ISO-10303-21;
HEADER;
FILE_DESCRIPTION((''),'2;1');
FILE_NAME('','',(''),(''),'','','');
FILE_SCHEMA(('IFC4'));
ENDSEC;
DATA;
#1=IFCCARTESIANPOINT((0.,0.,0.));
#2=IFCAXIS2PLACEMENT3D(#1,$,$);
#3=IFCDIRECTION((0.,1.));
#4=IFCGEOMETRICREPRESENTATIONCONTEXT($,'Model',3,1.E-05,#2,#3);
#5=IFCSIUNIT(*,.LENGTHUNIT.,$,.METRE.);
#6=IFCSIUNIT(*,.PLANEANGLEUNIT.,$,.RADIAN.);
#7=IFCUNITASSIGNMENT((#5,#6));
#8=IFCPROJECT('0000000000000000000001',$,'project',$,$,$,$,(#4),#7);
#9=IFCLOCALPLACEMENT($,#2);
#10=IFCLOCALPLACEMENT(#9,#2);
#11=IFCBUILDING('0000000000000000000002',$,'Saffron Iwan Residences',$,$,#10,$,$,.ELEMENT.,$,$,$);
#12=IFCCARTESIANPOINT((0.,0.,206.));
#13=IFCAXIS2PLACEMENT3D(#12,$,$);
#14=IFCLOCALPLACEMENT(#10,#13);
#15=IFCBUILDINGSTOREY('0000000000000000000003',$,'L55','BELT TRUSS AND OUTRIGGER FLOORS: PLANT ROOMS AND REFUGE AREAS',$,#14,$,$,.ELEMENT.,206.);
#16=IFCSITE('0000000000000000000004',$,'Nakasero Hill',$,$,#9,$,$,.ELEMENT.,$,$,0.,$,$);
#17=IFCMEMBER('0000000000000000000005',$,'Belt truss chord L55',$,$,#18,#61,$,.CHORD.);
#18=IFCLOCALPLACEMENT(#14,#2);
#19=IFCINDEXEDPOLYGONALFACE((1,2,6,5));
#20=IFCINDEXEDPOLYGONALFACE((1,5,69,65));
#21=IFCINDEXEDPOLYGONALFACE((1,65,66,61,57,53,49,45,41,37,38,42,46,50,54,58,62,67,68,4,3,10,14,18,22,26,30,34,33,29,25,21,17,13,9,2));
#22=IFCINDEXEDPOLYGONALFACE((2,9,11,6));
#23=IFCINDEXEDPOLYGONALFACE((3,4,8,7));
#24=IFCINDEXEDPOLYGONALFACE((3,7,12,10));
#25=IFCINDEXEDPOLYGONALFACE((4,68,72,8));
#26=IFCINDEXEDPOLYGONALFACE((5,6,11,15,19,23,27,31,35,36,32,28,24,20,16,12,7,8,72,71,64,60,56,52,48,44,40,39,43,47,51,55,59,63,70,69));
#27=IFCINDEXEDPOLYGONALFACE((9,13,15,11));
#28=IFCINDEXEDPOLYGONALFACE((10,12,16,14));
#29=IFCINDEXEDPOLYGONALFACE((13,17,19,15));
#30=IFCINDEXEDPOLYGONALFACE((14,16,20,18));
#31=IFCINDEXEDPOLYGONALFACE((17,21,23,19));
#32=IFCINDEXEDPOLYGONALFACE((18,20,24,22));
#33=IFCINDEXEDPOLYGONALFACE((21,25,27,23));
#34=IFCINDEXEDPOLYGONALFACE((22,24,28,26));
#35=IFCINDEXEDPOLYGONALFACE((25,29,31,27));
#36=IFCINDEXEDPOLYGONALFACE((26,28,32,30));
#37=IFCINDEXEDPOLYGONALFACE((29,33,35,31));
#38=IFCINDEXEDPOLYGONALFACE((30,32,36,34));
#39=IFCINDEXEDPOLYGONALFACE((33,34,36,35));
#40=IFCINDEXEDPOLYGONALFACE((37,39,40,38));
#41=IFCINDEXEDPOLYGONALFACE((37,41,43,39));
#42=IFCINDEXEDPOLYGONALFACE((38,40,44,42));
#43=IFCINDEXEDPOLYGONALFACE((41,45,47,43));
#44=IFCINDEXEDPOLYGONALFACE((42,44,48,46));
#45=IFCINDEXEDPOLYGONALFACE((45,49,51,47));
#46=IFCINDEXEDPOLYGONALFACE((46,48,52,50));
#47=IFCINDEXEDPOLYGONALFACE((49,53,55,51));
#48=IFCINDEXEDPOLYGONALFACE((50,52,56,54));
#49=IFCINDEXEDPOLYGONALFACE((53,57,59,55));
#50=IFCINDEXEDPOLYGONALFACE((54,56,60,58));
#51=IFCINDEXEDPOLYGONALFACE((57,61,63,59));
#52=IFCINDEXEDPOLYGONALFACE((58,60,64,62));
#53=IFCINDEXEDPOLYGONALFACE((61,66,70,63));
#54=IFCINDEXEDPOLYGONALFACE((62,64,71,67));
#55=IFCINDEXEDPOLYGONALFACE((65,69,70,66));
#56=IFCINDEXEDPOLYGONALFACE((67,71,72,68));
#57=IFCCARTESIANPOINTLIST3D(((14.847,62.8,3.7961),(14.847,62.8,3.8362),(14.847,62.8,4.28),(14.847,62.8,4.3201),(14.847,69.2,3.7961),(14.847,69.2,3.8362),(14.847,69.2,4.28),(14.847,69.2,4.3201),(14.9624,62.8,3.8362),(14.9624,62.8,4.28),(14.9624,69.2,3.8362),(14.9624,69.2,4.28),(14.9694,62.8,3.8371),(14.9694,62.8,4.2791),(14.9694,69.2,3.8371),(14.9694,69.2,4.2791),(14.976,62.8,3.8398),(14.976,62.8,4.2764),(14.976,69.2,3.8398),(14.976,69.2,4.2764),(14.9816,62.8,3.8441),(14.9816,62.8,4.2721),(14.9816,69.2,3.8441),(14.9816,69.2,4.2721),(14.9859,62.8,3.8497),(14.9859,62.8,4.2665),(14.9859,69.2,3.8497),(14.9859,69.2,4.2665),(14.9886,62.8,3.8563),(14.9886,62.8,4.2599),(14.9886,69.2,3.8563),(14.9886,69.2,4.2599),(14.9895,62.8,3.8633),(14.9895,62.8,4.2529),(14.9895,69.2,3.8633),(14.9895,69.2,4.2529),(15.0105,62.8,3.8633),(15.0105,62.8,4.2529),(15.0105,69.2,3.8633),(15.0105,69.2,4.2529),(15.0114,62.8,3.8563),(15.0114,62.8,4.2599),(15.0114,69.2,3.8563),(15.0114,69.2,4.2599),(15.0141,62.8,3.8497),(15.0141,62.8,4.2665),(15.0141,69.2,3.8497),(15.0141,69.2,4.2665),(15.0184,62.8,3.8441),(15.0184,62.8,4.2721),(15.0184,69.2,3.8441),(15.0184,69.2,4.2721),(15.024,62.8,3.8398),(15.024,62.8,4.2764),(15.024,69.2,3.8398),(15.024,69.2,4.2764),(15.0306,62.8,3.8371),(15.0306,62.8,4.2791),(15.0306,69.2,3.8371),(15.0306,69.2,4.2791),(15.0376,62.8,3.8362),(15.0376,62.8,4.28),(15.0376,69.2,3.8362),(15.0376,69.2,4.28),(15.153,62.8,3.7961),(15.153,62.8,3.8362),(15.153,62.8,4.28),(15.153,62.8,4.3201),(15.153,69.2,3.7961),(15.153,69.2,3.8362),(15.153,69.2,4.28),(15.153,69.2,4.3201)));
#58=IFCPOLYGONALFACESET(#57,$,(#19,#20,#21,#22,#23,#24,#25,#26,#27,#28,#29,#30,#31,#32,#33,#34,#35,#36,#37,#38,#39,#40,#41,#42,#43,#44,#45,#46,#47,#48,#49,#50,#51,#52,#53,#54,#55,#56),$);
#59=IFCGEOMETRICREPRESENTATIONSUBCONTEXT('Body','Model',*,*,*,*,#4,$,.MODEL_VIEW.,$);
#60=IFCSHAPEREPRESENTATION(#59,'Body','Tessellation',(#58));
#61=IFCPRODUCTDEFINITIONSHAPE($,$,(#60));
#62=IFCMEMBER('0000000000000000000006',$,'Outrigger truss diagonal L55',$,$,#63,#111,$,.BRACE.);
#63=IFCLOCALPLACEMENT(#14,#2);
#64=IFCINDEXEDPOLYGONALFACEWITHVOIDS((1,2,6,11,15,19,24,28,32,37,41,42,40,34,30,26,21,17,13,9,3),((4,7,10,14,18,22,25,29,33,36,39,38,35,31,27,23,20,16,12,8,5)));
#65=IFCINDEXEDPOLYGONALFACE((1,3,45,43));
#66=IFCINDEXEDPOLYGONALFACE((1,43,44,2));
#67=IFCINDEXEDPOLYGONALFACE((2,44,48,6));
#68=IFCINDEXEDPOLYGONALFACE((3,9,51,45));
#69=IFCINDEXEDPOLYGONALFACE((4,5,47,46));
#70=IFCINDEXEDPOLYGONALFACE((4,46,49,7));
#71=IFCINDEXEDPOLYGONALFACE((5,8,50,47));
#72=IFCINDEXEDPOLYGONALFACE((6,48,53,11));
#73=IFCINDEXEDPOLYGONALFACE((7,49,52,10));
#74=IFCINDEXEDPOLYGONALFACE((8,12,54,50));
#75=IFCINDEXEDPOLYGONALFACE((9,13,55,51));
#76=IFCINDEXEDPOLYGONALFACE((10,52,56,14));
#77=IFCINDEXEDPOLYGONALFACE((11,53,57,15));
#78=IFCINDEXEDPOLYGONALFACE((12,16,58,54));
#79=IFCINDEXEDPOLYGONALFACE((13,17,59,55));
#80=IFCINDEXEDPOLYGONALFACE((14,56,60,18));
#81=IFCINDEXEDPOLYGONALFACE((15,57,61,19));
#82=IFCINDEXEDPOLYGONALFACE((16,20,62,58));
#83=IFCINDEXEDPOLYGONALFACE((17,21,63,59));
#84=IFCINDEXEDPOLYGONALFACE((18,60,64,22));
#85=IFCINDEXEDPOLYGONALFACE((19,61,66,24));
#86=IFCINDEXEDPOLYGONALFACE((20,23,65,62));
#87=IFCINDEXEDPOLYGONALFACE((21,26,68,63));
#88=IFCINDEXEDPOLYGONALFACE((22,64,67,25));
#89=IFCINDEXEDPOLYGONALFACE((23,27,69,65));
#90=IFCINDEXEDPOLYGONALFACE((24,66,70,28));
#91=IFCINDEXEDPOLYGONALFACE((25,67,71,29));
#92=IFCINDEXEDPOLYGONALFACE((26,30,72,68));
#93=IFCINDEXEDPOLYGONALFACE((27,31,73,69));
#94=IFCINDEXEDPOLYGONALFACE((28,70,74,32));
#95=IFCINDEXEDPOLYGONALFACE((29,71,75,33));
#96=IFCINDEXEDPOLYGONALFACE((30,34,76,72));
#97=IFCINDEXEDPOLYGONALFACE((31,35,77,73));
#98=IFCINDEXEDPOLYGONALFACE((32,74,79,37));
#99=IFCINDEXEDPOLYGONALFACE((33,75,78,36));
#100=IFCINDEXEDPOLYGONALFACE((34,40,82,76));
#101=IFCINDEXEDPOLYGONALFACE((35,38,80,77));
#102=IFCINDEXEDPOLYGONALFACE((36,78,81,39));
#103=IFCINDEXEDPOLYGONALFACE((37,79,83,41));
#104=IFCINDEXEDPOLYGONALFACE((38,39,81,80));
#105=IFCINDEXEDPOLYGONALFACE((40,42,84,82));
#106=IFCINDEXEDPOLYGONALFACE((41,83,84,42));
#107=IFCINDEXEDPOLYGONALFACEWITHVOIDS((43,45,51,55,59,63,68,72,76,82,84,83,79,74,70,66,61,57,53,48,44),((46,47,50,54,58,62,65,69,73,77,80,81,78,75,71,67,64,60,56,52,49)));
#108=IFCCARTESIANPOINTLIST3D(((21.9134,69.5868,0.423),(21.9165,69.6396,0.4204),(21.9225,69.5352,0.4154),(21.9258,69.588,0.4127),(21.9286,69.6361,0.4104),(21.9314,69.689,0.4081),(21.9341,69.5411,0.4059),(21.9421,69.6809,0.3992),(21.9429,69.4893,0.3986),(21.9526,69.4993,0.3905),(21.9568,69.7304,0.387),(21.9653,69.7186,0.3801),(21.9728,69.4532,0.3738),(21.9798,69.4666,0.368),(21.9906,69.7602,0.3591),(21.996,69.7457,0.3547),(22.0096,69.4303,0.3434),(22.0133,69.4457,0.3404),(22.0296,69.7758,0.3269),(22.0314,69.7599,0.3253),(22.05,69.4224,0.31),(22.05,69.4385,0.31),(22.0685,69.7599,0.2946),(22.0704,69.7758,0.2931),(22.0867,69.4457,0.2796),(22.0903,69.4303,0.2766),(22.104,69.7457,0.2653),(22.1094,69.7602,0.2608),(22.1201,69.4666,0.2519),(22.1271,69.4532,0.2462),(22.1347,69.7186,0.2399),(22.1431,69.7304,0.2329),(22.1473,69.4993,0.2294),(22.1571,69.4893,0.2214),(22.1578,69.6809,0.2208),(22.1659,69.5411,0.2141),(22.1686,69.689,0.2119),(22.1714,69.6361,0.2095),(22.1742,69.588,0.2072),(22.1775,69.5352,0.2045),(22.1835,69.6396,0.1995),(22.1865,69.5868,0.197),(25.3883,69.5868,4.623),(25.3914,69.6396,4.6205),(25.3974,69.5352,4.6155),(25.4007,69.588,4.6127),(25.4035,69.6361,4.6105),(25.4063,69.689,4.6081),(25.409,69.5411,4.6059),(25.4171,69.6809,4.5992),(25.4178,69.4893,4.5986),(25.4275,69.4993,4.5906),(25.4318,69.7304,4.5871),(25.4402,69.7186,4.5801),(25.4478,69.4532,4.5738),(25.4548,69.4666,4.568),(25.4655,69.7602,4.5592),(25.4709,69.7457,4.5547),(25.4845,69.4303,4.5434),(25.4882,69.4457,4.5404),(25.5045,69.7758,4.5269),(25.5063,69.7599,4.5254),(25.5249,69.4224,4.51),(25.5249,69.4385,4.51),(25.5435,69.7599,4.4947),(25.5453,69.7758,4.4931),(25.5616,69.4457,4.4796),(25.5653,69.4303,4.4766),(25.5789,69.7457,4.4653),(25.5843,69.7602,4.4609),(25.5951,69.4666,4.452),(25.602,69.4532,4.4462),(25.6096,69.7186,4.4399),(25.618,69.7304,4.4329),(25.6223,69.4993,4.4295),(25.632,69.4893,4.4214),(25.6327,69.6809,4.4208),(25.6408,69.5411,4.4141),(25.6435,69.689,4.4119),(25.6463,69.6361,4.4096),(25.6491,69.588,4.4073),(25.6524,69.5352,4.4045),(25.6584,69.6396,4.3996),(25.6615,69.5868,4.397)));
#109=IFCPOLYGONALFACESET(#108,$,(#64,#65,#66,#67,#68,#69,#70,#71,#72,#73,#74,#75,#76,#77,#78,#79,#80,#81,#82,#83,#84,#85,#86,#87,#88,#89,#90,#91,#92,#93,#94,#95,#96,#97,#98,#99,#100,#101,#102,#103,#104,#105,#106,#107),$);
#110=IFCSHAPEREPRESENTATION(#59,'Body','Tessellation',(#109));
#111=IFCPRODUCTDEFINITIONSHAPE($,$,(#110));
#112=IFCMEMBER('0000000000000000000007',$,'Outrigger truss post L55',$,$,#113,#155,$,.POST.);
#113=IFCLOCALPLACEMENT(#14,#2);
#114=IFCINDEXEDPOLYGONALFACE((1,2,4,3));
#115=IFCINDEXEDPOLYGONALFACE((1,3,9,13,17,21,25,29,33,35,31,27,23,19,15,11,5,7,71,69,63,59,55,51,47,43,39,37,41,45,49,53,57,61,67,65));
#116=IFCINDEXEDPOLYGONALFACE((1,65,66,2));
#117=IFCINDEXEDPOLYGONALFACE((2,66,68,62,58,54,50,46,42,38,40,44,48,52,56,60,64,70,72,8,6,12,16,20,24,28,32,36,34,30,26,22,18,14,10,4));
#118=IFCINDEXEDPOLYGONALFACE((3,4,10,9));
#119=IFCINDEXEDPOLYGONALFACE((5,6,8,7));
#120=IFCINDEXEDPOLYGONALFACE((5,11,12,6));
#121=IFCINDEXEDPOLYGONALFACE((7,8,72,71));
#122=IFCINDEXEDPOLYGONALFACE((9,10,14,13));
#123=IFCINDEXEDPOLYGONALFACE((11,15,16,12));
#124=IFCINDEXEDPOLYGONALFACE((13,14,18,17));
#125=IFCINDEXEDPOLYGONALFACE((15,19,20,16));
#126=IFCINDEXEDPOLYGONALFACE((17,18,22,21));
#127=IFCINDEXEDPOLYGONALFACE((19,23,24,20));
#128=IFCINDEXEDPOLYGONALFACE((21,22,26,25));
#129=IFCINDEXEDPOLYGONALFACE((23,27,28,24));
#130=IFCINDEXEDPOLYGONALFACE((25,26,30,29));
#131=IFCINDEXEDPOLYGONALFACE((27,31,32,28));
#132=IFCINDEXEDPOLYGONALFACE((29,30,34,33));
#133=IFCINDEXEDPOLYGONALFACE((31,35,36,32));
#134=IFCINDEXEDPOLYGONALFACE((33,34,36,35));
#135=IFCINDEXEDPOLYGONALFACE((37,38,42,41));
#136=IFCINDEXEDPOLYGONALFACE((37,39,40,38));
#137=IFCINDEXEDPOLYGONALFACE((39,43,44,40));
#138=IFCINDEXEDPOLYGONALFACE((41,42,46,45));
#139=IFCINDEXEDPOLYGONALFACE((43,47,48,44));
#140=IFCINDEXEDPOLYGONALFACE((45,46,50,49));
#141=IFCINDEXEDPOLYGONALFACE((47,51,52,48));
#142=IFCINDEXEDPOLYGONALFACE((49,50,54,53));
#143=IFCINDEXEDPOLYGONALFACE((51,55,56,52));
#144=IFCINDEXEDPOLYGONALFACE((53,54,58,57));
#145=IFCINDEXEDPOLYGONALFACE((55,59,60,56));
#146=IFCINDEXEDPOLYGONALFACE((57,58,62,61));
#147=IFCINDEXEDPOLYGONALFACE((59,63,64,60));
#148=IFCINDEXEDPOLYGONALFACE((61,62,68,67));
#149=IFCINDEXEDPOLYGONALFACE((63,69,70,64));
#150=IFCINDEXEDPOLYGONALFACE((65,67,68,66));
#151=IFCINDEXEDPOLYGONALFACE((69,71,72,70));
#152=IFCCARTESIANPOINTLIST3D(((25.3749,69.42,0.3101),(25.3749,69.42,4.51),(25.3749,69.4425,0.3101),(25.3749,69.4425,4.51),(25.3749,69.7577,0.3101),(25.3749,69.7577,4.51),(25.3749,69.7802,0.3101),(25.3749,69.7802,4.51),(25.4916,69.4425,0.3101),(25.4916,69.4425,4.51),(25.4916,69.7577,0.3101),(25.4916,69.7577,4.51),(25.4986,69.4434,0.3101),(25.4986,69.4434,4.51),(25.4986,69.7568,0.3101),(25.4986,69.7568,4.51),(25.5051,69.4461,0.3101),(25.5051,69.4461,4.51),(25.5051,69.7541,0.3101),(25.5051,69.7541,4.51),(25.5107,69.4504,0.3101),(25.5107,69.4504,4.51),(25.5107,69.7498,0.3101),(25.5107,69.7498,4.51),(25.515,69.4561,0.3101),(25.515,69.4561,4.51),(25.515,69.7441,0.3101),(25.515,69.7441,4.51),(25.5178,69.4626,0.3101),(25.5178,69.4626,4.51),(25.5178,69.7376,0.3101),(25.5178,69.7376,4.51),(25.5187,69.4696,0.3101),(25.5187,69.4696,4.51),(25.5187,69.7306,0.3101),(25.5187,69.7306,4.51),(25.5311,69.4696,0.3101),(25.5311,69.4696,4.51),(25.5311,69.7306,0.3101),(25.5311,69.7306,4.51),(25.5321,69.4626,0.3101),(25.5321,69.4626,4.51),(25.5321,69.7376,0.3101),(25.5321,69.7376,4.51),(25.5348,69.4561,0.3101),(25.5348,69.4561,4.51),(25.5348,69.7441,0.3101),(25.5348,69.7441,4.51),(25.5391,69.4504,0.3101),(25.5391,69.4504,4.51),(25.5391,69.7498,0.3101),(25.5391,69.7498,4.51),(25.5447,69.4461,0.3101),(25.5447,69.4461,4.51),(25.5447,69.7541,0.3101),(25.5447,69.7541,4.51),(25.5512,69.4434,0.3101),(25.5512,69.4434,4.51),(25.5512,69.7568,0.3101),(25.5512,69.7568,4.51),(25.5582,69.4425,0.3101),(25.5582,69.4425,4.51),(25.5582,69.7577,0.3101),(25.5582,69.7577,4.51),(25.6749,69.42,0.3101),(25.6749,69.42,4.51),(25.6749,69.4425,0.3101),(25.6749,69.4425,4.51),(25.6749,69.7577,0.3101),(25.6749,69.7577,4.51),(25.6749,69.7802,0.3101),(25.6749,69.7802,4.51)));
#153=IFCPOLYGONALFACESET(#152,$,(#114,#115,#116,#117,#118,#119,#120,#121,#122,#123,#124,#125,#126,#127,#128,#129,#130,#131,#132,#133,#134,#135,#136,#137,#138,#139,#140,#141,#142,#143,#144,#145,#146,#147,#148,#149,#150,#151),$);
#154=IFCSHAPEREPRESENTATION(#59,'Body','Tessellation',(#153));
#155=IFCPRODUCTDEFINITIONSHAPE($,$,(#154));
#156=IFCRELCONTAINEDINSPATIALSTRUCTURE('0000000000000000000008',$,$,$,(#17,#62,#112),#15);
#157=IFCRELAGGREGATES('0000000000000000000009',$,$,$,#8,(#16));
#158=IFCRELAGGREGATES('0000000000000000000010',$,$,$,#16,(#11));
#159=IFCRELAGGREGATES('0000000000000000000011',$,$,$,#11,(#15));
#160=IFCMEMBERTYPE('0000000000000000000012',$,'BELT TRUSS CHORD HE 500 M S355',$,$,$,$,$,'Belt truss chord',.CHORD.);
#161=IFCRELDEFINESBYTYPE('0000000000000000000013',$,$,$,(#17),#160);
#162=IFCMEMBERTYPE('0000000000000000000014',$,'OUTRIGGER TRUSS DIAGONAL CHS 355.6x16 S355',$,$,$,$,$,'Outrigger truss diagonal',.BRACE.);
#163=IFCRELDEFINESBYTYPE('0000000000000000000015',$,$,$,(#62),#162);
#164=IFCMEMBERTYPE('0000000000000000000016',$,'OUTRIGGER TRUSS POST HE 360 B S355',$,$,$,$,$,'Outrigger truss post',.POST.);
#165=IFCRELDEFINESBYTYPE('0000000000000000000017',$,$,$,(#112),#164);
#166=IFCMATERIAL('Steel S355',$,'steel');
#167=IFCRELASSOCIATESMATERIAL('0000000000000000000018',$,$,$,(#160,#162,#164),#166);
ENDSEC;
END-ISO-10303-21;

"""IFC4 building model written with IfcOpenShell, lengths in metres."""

from ifc_helpers import new_model, si_unit, direction, frame, origin, origin_2d, place, context, subcontext, project, spatial, hollow_circle, i_section, extrude, source, transform, mapped, material, material_profile, profile_set, type_object, element, save


model = new_model("IFC4")

# Units and contexts
model_context = context("Model", 3, precision=1e-05, world=origin(), true_north=direction((0.0, 1.0)))
body_context = subcontext(model_context, "Body", "Model", "MODEL_VIEW")
ifc_project = project(units=[si_unit("LENGTHUNIT", "METRE"), si_unit("PLANEANGLEUNIT", "RADIAN")], contexts=[model_context])

# Site, building, storey
site_placement = place(None, origin())
site = spatial("IfcSite", under=ifc_project, at=site_placement, Name="Nakasero Hill", CompositionType="ELEMENT", RefElevation=0.0)
building_placement = place(site_placement, origin())
building = spatial("IfcBuilding", under=site, at=building_placement, Name="Saffron Iwan Residences", CompositionType="ELEMENT")
storey_placement = place(building_placement, frame((0.0, 0.0, 206.0)))
storey = spatial("IfcBuildingStorey", under=building, at=storey_placement, Name="L55", Description="BELT TRUSS AND OUTRIGGER FLOORS: PLANT ROOMS AND REFUGE AREAS", CompositionType="ELEMENT", Elevation=206.0)

# Members
ifc_material_1 = material(Name="Steel S355", Category="steel")
ifc_material_profile_1 = material_profile(ifc_material_1, i_section(OverallWidth=0.3059, OverallDepth=0.5239, WebThickness=0.021, FlangeThickness=0.04, FilletRadius=0.0271, at=origin_2d()), Name="HE 500 M")
ifc_profile_set_1 = profile_set([ifc_material_profile_1], Name="Steel S355")
member_type_1 = type_object("IfcMemberType", Name="BELT TRUSS CHORD HE 500 M S355", ElementType="Belt truss chord", PredefinedType="CHORD", material=ifc_profile_set_1)
shared_shape_1 = source(origin(), body_context, "Body", "SweptSolid", [
    extrude(i_section(OverallWidth=0.3059, OverallDepth=0.5239, WebThickness=0.021, FlangeThickness=0.04, FilletRadius=0.0271, at=origin_2d()), origin(), (0.0, 0.0, 1.0), 6.3999),
])
for number, where, z_axis, x_axis, name in (
    (1, (15.0, 62.8, 4.0581), (0.0, 1.0, 0.0), (-1.0, 0.0, 0.0), "Belt truss chord L55"),
):
    element("IfcMember", number, at=place(storey_placement, frame(where, z_axis=z_axis, x_axis=x_axis)), inside=storey, type_object=member_type_1, Name=name, PredefinedType="CHORD", context=body_context, shape_type="MappedRepresentation", body=[
        mapped(shared_shape_1, transform((0.0, 0.0, 0.0))),
    ])
ifc_material_profile_2 = material_profile(ifc_material_1, hollow_circle(Radius=0.1777, WallThickness=0.0161, at=origin_2d()), Name="CHS 355.6x16")
ifc_profile_set_2 = profile_set([ifc_material_profile_2], Name="Steel S355")
member_type_2 = type_object("IfcMemberType", Name="OUTRIGGER TRUSS DIAGONAL CHS 355.6x16 S355", ElementType="Outrigger truss diagonal", PredefinedType="BRACE", material=ifc_profile_set_2)
shared_shape_2 = source(origin(), body_context, "Body", "SweptSolid", [
    extrude(hollow_circle(Radius=0.1777, WallThickness=0.0161, at=origin_2d()), origin(), (0.0, 0.0, 1.0), 5.4512),
])
member_1_placement = place(storey_placement, frame((25.5249, 69.6001, 4.51), z_axis=(-0.637462, 0.0, -0.770482), x_axis=(0.0, -1.0, 0.0)))
element("IfcMember", 2, at=member_1_placement, inside=storey, type_object=member_type_2, Name="Outrigger truss diagonal L55", PredefinedType="BRACE", context=body_context, shape_type="MappedRepresentation", body=[
    mapped(shared_shape_2, transform((0.0, 0.0, 0.0))),
])
ifc_material_profile_3 = material_profile(ifc_material_1, i_section(OverallWidth=0.3, OverallDepth=0.3601, WebThickness=0.0125, FlangeThickness=0.0225, FilletRadius=0.0271, at=origin_2d()), Name="HE 360 B")
ifc_profile_set_3 = profile_set([ifc_material_profile_3], Name="Steel S355")
member_type_3 = type_object("IfcMemberType", Name="OUTRIGGER TRUSS POST HE 360 B S355", ElementType="Outrigger truss post", PredefinedType="POST", material=ifc_profile_set_3)
shared_shape_3 = source(origin(), body_context, "Body", "SweptSolid", [
    extrude(i_section(OverallWidth=0.3, OverallDepth=0.3601, WebThickness=0.0125, FlangeThickness=0.0225, FilletRadius=0.0271, at=origin_2d()), origin(), (0.0, 0.0, 1.0), 4.2),
])
member_2_placement = place(storey_placement, frame((25.5249, 69.6001, 0.3101), z_axis=(0.0, 0.0, 1.0), x_axis=(1.0, 0.0, 0.0)))
element("IfcMember", 3, at=member_2_placement, inside=storey, type_object=member_type_3, Name="Outrigger truss post L55", PredefinedType="POST", context=body_context, shape_type="MappedRepresentation", body=[
    mapped(shared_shape_3, transform((0.0, 0.0, 0.0))),
])

save(model, "model.ifc")
